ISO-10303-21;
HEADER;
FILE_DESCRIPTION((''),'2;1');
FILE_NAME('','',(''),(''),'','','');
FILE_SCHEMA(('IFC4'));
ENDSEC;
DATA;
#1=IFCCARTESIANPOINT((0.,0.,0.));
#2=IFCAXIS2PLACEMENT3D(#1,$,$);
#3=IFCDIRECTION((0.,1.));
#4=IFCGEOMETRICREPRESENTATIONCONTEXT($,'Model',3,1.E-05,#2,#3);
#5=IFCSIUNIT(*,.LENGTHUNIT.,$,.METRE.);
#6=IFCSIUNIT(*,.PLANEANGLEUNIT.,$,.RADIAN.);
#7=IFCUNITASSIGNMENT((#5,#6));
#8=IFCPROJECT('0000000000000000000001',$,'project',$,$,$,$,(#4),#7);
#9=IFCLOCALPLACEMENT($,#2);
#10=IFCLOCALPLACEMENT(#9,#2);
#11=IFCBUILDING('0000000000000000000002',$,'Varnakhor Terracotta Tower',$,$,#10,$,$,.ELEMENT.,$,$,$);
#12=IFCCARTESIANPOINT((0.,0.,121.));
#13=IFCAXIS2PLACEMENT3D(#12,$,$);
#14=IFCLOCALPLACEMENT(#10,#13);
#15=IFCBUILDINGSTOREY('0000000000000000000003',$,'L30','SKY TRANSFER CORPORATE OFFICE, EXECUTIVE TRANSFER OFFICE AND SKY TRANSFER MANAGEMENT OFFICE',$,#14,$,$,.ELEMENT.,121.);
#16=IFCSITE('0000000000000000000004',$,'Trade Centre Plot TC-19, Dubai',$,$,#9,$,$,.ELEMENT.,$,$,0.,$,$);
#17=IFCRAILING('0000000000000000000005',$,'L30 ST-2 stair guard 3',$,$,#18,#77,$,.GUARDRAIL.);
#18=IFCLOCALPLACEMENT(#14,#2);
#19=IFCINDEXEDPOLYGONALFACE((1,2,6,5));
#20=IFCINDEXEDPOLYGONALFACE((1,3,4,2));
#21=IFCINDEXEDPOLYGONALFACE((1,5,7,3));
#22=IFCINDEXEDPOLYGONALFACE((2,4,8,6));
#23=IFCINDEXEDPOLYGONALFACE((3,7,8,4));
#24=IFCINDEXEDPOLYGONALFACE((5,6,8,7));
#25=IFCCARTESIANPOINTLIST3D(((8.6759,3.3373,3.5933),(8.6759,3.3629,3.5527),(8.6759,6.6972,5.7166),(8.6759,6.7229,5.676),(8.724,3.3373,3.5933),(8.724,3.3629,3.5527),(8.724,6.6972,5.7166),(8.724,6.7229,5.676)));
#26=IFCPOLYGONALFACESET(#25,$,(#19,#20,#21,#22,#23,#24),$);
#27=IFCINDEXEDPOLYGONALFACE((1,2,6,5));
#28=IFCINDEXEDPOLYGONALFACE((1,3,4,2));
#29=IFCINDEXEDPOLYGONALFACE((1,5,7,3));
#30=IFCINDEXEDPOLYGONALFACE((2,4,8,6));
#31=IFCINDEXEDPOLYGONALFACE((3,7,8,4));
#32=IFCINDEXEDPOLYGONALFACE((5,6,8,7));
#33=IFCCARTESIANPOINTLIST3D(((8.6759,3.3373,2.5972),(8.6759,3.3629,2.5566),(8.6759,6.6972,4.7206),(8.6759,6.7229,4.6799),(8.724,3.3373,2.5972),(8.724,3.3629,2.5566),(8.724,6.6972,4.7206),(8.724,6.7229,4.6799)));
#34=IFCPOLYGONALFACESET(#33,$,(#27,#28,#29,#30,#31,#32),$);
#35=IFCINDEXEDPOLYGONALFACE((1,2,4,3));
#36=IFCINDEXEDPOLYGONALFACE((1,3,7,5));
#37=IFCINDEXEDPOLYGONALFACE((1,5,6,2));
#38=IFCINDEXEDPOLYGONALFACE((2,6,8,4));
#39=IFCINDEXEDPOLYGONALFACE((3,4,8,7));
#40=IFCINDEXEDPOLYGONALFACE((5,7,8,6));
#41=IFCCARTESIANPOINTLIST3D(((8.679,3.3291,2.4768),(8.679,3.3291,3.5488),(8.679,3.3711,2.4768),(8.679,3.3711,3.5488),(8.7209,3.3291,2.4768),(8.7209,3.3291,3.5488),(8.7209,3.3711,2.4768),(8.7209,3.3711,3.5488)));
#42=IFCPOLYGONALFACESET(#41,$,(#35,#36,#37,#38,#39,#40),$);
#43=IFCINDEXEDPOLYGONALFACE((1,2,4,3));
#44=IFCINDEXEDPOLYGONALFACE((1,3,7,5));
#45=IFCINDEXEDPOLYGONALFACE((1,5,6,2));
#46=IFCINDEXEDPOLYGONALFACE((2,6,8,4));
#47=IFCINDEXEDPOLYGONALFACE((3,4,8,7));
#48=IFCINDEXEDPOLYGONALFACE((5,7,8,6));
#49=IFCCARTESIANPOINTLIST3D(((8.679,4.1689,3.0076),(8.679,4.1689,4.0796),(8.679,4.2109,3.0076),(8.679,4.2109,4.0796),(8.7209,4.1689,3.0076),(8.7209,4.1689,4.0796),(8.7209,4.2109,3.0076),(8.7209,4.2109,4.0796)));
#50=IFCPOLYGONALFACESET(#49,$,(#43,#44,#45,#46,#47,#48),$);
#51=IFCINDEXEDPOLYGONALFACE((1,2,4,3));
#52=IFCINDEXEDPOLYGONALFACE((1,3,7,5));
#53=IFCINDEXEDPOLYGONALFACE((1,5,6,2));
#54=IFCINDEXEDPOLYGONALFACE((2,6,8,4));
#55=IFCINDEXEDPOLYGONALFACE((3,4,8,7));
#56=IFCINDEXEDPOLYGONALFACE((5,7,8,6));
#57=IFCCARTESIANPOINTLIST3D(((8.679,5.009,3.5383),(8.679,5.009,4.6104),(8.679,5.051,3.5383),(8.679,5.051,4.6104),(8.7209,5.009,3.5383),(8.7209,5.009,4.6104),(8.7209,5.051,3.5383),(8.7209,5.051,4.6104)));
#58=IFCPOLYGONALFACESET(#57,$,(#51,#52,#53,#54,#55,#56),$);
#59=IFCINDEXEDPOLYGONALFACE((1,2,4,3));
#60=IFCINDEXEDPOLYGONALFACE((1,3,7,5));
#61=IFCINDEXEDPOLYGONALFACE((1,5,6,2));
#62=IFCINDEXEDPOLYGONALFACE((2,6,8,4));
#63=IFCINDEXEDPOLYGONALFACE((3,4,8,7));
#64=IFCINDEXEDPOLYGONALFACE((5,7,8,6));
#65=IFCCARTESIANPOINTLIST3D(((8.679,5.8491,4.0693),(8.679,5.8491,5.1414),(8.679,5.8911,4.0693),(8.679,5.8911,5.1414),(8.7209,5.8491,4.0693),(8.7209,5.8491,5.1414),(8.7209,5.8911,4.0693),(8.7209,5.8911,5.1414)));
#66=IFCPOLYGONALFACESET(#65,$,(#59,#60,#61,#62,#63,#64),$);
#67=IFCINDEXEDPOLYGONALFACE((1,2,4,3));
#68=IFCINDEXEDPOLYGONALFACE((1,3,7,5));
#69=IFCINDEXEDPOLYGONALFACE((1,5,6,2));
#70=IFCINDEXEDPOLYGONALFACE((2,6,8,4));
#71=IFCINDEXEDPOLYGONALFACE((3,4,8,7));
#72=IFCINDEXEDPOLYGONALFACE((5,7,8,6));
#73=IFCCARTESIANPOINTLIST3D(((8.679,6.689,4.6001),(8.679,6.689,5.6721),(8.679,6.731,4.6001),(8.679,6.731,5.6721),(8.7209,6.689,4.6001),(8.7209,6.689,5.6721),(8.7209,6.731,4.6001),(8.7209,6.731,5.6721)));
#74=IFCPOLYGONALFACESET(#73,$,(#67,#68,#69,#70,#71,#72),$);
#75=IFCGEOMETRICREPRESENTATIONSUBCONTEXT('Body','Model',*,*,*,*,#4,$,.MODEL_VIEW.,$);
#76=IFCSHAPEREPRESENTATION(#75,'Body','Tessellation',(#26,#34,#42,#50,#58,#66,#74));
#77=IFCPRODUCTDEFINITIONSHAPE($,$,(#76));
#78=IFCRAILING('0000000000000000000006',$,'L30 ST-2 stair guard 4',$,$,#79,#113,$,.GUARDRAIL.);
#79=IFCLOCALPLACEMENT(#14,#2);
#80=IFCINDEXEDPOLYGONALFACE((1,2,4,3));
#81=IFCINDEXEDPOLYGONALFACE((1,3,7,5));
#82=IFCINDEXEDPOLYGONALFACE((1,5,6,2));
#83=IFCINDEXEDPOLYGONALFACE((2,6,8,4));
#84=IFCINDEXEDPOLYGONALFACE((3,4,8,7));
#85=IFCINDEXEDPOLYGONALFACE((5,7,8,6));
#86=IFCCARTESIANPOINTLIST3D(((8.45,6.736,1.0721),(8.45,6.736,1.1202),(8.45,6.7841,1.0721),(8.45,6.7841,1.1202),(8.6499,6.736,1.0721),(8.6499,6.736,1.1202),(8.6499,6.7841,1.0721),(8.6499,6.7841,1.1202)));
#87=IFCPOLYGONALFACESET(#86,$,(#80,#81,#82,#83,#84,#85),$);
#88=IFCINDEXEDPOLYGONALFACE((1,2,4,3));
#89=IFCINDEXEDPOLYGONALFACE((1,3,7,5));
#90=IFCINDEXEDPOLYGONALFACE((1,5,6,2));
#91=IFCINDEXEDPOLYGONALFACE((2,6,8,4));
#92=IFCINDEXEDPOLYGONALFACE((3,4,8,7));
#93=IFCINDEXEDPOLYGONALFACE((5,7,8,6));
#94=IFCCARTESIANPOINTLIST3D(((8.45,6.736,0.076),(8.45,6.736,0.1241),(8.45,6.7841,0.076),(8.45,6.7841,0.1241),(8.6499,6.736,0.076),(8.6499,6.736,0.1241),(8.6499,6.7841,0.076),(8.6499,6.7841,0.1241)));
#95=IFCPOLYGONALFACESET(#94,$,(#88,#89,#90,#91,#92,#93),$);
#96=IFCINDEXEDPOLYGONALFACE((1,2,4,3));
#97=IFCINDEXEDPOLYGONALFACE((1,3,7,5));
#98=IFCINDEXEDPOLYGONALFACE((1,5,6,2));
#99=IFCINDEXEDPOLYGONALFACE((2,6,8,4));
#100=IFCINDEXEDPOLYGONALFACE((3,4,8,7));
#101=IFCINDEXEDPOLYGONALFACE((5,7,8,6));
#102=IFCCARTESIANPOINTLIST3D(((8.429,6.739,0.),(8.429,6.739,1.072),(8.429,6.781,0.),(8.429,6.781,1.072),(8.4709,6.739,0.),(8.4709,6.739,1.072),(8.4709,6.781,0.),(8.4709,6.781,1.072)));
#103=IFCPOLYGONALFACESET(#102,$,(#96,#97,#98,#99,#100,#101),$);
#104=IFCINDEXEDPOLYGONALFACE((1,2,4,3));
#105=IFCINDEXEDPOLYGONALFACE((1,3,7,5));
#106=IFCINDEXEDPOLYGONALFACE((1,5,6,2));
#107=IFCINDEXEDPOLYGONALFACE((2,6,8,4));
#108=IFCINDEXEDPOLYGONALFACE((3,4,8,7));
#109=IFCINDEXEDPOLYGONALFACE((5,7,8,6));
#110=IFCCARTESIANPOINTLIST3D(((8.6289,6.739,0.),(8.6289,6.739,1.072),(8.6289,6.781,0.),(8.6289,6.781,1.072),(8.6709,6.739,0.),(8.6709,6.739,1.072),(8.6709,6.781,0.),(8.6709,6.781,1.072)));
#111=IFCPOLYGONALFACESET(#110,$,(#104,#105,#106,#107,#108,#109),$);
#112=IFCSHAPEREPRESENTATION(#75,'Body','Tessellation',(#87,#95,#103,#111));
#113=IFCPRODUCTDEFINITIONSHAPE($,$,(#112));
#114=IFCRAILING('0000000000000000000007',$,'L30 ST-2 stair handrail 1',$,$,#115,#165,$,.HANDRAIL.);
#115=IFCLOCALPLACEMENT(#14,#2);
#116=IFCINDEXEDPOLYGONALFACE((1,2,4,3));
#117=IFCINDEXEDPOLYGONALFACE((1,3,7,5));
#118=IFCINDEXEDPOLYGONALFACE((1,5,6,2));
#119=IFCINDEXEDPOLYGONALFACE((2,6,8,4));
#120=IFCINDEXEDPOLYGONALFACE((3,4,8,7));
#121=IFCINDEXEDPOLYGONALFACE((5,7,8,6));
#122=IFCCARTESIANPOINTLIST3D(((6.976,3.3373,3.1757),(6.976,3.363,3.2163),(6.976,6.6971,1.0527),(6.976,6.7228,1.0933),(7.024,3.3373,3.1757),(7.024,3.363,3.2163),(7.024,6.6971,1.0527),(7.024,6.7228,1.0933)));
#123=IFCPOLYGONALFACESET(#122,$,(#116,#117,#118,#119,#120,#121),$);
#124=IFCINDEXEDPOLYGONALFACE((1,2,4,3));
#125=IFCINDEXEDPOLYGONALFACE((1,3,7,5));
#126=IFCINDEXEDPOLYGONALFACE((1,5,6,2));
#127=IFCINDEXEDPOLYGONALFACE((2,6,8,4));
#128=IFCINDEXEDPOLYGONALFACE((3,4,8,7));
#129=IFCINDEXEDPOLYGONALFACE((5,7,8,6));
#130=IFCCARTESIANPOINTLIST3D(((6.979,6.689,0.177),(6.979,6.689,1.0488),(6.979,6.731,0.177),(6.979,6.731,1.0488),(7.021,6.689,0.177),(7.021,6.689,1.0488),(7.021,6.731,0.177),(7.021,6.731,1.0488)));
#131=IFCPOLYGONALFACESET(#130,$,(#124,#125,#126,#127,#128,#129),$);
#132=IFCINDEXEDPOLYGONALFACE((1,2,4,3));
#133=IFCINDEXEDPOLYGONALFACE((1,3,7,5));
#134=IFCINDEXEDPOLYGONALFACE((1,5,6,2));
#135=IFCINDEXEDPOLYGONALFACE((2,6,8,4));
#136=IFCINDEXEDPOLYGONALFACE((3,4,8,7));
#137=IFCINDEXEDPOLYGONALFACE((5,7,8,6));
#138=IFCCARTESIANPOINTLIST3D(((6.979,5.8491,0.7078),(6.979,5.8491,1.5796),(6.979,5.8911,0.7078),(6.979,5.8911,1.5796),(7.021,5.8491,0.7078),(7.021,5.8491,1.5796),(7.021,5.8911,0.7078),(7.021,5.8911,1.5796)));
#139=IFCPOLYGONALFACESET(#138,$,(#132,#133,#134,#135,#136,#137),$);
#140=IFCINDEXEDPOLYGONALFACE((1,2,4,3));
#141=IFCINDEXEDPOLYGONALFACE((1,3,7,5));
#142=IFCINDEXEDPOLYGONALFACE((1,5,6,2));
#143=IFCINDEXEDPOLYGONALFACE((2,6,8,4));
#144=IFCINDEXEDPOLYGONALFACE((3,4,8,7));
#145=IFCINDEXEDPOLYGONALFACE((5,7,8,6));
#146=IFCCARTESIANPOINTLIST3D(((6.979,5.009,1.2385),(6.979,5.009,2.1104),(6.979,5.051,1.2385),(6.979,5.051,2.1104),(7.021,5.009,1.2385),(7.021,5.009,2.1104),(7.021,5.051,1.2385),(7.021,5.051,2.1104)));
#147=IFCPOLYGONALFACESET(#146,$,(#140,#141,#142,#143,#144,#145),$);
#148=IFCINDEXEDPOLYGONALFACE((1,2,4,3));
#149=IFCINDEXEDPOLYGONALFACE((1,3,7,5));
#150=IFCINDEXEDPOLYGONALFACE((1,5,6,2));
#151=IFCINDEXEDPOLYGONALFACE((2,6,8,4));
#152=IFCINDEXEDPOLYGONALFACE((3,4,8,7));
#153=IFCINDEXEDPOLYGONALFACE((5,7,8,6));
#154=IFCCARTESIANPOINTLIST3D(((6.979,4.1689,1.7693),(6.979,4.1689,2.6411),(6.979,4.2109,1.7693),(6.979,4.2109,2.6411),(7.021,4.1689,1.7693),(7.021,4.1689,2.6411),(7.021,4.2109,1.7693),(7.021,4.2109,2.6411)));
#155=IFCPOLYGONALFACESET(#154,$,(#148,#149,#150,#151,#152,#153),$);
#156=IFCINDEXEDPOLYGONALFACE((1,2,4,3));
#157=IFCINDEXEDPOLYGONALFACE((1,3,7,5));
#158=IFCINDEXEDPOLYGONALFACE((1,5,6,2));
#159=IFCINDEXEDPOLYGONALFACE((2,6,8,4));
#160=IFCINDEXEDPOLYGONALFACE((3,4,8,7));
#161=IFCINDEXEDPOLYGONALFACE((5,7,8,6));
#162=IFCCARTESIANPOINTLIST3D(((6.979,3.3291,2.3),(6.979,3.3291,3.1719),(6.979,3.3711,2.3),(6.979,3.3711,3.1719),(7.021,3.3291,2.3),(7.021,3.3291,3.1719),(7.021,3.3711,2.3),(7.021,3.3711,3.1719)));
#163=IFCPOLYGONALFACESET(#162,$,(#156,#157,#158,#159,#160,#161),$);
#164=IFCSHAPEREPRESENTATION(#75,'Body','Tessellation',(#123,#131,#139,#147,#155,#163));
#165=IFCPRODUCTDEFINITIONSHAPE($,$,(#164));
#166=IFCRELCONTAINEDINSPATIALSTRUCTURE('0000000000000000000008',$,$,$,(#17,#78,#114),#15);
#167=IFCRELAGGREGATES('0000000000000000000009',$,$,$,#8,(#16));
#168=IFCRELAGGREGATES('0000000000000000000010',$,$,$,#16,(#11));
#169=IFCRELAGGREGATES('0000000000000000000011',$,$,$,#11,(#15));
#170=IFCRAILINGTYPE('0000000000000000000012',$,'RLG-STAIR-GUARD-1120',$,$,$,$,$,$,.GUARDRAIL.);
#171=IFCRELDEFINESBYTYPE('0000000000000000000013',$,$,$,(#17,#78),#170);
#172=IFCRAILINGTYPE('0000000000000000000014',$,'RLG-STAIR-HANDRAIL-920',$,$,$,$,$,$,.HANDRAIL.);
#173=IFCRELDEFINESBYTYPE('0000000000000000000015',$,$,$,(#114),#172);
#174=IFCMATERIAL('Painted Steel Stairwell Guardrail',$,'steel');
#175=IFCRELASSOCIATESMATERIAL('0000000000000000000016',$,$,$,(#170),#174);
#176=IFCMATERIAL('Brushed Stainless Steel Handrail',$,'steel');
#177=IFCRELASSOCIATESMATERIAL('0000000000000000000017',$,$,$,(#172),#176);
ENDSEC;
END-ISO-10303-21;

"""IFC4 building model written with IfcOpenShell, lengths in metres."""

from ifc_helpers import new_model, si_unit, direction, frame, origin, origin_2d, place, context, subcontext, project, spatial, rectangle, extrude, material, type_object, element, save


model = new_model("IFC4")

# Units and contexts
model_context = context("Model", 3, precision=1e-05, world=origin(), true_north=direction((0.0, 1.0)))
body_context = subcontext(model_context, "Body", "Model", "MODEL_VIEW")
ifc_project = project(units=[si_unit("LENGTHUNIT", "METRE"), si_unit("PLANEANGLEUNIT", "RADIAN")], contexts=[model_context])

# Site, building, storey
site_placement = place(None, origin())
site = spatial("IfcSite", under=ifc_project, at=site_placement, Name="Trade Centre Plot TC-19, Dubai", CompositionType="ELEMENT", RefElevation=0.0)
building_placement = place(site_placement, origin())
building = spatial("IfcBuilding", under=site, at=building_placement, Name="Varnakhor Terracotta Tower", CompositionType="ELEMENT")
storey_placement = place(building_placement, frame((0.0, 0.0, 121.0)))
storey = spatial("IfcBuildingStorey", under=building, at=storey_placement, Name="L30", Description="SKY TRANSFER CORPORATE OFFICE, EXECUTIVE TRANSFER OFFICE AND SKY TRANSFER MANAGEMENT OFFICE", CompositionType="ELEMENT", Elevation=121.0)

# Railings
ifc_material_1 = material(Name="Painted Steel Stairwell Guardrail", Category="steel")
railing_type_1 = type_object("IfcRailingType", Name="RLG-STAIR-GUARD-1120", PredefinedType="GUARDRAIL", material=ifc_material_1)
railing_1_placement = place(storey_placement, frame((8.7, 3.3501, 2.4768)))
element("IfcRailing", 1, at=railing_1_placement, inside=storey, type_object=railing_type_1, Name="L30 ST-2 stair guard 3", PredefinedType="GUARDRAIL", context=body_context, shape_type="SweptSolid", body=[
    extrude(rectangle(XDim=0.0481, YDim=0.0481, at=origin_2d()), frame((0.0, 0.0, 1.0962), z_axis=(0.0, 0.845344, 0.534222), x_axis=(-1.0, 0.0, 0.0)), (0.0, 0.0, 1.0), 3.9746),
    extrude(rectangle(XDim=0.0481, YDim=0.0481, at=origin_2d()), frame((0.0, 0.0, 0.1001), z_axis=(0.0, 0.845344, 0.534222), x_axis=(-1.0, 0.0, 0.0)), (0.0, 0.0, 1.0), 3.9746),
    extrude(rectangle(XDim=0.042, YDim=0.042, at=origin_2d()), origin(), (0.0, 0.0, 1.0), 1.072),
    extrude(rectangle(XDim=0.042, YDim=0.042, at=origin_2d()), frame((0.0, 0.8398, 0.5308)), (0.0, 0.0, 1.0), 1.072),
    extrude(rectangle(XDim=0.042, YDim=0.042, at=origin_2d()), frame((0.0, 1.6799, 1.0615)), (0.0, 0.0, 1.0), 1.072),
    extrude(rectangle(XDim=0.042, YDim=0.042, at=origin_2d()), frame((0.0, 2.52, 1.5925)), (0.0, 0.0, 1.0), 1.072),
    extrude(rectangle(XDim=0.042, YDim=0.042, at=origin_2d()), frame((0.0, 3.3599, 2.1233)), (0.0, 0.0, 1.0), 1.072),
])
railing_2_placement = place(storey_placement, frame((8.45, 6.76, 0.0)))
element("IfcRailing", 2, at=railing_2_placement, inside=storey, type_object=railing_type_1, Name="L30 ST-2 stair guard 4", PredefinedType="GUARDRAIL", context=body_context, shape_type="SweptSolid", body=[
    extrude(rectangle(XDim=0.0481, YDim=0.0481, at=origin_2d()), frame((0.0, 0.0, 1.0962), z_axis=(1.0, 0.0, 0.0), x_axis=(0.0, 1.0, 0.0)), (0.0, 0.0, 1.0), 0.2),
    extrude(rectangle(XDim=0.0481, YDim=0.0481, at=origin_2d()), frame((0.0, 0.0, 0.1001), z_axis=(1.0, 0.0, 0.0), x_axis=(0.0, 1.0, 0.0)), (0.0, 0.0, 1.0), 0.2),
    extrude(rectangle(XDim=0.042, YDim=0.042, at=origin_2d()), origin(), (0.0, 0.0, 1.0), 1.072),
    extrude(rectangle(XDim=0.042, YDim=0.042, at=origin_2d()), frame((0.2, 0.0, 0.0)), (0.0, 0.0, 1.0), 1.072),
])
ifc_material_2 = material(Name="Brushed Stainless Steel Handrail", Category="steel")
railing_type_2 = type_object("IfcRailingType", Name="RLG-STAIR-HANDRAIL-920", PredefinedType="HANDRAIL", material=ifc_material_2)
railing_3_placement = place(storey_placement, frame((7.0, 6.71, 0.177)))
element("IfcRailing", 3, at=railing_3_placement, inside=storey, type_object=railing_type_2, Name="L30 ST-2 stair handrail 1", PredefinedType="HANDRAIL", context=body_context, shape_type="SweptSolid", body=[
    extrude(rectangle(XDim=0.0481, YDim=0.0481, at=origin_2d()), frame((0.0, 0.0, 0.896), z_axis=(0.0, -0.845372, 0.534178), x_axis=(1.0, 0.0, 0.0)), (0.0, 0.0, 1.0), 3.9744),
    extrude(rectangle(XDim=0.042, YDim=0.042, at=origin_2d()), origin(), (0.0, 0.0, 1.0), 0.8718),
    extrude(rectangle(XDim=0.042, YDim=0.042, at=origin_2d()), frame((0.0, -0.8398, 0.5308)), (0.0, 0.0, 1.0), 0.8718),
    extrude(rectangle(XDim=0.042, YDim=0.042, at=origin_2d()), frame((0.0, -1.6799, 1.0615)), (0.0, 0.0, 1.0), 0.8718),
    extrude(rectangle(XDim=0.042, YDim=0.042, at=origin_2d()), frame((0.0, -2.52, 1.5923)), (0.0, 0.0, 1.0), 0.8718),
    extrude(rectangle(XDim=0.042, YDim=0.042, at=origin_2d()), frame((0.0, -3.3599, 2.123)), (0.0, 0.0, 1.0), 0.8718),
])

save(model, "model.ifc")
